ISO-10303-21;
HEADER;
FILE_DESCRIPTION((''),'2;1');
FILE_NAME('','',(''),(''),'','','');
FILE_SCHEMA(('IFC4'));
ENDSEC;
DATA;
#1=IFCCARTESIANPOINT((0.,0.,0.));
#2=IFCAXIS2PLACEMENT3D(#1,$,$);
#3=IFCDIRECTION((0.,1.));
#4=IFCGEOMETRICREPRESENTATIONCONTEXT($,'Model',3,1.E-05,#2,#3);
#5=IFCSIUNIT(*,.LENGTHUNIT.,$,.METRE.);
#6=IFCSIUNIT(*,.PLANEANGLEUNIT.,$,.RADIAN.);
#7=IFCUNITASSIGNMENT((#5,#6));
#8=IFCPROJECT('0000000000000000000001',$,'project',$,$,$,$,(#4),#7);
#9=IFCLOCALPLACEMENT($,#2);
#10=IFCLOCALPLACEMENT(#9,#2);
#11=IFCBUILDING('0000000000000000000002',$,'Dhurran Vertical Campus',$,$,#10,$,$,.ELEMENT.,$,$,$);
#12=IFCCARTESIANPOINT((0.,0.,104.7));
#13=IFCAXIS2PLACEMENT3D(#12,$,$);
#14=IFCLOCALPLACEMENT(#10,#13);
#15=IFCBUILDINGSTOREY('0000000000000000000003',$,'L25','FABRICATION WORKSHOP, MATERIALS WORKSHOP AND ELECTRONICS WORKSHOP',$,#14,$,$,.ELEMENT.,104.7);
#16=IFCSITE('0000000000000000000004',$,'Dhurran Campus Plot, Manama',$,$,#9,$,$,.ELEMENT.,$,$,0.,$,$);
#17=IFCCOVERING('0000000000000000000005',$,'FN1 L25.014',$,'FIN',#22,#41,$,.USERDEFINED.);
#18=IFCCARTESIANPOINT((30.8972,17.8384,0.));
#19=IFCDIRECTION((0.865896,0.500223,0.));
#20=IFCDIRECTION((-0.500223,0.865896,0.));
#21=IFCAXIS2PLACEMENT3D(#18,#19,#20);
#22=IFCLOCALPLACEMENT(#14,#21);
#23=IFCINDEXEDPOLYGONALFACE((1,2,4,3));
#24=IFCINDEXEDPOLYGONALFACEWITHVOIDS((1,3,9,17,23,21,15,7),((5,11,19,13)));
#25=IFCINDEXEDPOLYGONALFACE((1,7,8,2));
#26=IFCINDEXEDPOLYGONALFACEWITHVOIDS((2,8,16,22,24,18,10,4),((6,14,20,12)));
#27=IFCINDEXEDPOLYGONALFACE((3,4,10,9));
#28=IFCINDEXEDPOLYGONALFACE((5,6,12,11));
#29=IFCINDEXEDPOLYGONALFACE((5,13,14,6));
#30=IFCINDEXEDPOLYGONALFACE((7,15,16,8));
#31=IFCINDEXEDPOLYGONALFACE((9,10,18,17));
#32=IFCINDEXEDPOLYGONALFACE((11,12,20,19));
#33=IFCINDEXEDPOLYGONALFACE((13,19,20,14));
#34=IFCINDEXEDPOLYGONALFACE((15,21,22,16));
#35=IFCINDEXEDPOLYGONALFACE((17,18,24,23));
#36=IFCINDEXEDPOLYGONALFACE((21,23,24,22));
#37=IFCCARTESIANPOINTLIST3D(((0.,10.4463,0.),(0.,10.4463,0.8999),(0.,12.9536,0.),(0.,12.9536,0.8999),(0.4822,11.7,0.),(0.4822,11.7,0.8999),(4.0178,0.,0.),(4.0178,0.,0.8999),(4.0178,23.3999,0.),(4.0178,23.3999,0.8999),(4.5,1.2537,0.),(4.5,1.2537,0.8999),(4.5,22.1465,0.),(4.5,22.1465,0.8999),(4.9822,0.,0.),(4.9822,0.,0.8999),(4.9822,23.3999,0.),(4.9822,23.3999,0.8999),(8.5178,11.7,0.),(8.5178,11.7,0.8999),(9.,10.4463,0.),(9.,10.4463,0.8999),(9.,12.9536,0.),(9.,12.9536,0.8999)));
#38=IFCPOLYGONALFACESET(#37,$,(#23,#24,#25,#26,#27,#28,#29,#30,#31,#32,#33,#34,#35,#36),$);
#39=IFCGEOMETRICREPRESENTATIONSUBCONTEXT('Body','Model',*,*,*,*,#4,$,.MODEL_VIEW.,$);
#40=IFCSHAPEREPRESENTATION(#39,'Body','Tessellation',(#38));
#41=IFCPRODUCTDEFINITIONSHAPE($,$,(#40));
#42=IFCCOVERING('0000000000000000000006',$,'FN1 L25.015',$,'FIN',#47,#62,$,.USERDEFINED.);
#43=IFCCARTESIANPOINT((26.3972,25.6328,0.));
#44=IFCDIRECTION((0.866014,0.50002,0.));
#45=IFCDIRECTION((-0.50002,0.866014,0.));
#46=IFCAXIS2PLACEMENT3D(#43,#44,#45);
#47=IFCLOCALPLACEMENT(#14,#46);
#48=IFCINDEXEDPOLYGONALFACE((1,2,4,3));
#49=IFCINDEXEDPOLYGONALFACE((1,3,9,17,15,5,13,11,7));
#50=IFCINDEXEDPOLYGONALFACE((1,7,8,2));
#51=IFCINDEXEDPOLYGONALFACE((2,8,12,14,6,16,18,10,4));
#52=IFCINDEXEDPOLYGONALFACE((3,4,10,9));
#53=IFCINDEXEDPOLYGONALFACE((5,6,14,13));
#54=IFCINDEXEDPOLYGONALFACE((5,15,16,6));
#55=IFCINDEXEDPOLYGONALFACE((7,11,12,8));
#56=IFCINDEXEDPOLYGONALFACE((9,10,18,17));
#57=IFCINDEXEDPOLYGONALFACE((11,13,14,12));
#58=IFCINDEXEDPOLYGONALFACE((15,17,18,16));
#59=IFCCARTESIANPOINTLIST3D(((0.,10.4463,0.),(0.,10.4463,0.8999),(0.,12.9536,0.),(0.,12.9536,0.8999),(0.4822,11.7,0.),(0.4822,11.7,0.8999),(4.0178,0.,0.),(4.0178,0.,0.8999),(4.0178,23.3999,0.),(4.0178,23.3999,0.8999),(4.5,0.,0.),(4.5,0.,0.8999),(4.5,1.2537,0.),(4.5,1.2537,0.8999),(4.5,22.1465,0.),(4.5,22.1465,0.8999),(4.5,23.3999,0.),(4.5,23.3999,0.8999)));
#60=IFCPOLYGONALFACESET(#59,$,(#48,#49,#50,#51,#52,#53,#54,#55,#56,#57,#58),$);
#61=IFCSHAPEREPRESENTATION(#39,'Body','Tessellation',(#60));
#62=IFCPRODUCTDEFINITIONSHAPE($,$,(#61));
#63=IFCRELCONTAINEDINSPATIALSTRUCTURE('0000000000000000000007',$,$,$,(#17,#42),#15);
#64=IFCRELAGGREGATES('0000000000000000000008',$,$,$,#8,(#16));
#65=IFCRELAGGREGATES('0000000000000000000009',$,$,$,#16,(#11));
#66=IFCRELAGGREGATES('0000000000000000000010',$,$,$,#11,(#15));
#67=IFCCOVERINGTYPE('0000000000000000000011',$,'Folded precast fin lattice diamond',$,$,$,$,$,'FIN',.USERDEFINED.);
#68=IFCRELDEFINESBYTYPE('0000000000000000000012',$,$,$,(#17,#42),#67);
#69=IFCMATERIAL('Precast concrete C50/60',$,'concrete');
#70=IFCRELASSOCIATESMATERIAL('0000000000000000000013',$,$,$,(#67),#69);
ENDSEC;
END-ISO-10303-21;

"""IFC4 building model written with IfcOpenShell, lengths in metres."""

from ifc_helpers import new_model, si_unit, direction, frame, origin, place, context, subcontext, project, spatial, polyline, outline, extrude, material, type_object, element, save


model = new_model("IFC4")

# Units and contexts
model_context = context("Model", 3, precision=1e-05, world=origin(), true_north=direction((0.0, 1.0)))
body_context = subcontext(model_context, "Body", "Model", "MODEL_VIEW")
ifc_project = project(units=[si_unit("LENGTHUNIT", "METRE"), si_unit("PLANEANGLEUNIT", "RADIAN")], contexts=[model_context])

# Site, building, storey
site_placement = place(None, origin())
site = spatial("IfcSite", under=ifc_project, at=site_placement, Name="Dhurran Campus Plot, Manama", CompositionType="ELEMENT", RefElevation=0.0)
building_placement = place(site_placement, origin())
building = spatial("IfcBuilding", under=site, at=building_placement, Name="Dhurran Vertical Campus", CompositionType="ELEMENT")
storey_placement = place(building_placement, frame((0.0, 0.0, 104.7)))
storey = spatial("IfcBuildingStorey", under=building, at=storey_placement, Name="L25", Description="FABRICATION WORKSHOP, MATERIALS WORKSHOP AND ELECTRONICS WORKSHOP", CompositionType="ELEMENT", Elevation=104.7)

# Coverings
ifc_material_1 = material(Name="Precast concrete C50/60", Category="concrete")
covering_type = type_object("IfcCoveringType", Name="Folded precast fin lattice diamond", ElementType="FIN", PredefinedType="USERDEFINED", material=ifc_material_1)
covering_1_placement = place(storey_placement, frame((30.8972, 17.8384, 0.0), z_axis=(0.865896, 0.500223, 0.0), x_axis=(-0.500223, 0.865896, 0.0)))
element("IfcCovering", 1, at=covering_1_placement, inside=storey, type_object=covering_type, Name="FN1 L25.014", ObjectType="FIN", PredefinedType="USERDEFINED", context=body_context, shape_type="SweptSolid", body=[
    extrude(outline(polyline([(9.0, 12.9536), (9.0, 10.4463), (4.9822, 0.0), (4.0178, 0.0), (0.0, 10.4463), (0.0, 12.9536), (4.0178, 23.3999), (4.9822, 23.3999), (9.0, 12.9536)]), holes=[polyline([(8.5178, 11.7), (4.5, 22.1465), (0.4822, 11.7), (4.5, 1.2537), (8.5178, 11.7)])]), origin(), (0.0, 0.0, 1.0), 0.8999),
])
covering_2_placement = place(storey_placement, frame((26.3972, 25.6328, 0.0), z_axis=(0.866014, 0.50002, 0.0), x_axis=(-0.50002, 0.866014, 0.0)))
element("IfcCovering", 2, at=covering_2_placement, inside=storey, type_object=covering_type, Name="FN1 L25.015", ObjectType="FIN", PredefinedType="USERDEFINED", context=body_context, shape_type="SweptSolid", body=[
    extrude(outline(polyline([(4.0178, 0.0), (0.0, 10.4463), (0.0, 12.9536), (4.0178, 23.3999), (4.5, 23.3999), (4.5, 22.1465), (0.4822, 11.7), (4.5, 1.2537), (4.5, 0.0), (4.0178, 0.0)])), origin(), (0.0, 0.0, 1.0), 0.8999),
])

save(model, "model.ifc")
